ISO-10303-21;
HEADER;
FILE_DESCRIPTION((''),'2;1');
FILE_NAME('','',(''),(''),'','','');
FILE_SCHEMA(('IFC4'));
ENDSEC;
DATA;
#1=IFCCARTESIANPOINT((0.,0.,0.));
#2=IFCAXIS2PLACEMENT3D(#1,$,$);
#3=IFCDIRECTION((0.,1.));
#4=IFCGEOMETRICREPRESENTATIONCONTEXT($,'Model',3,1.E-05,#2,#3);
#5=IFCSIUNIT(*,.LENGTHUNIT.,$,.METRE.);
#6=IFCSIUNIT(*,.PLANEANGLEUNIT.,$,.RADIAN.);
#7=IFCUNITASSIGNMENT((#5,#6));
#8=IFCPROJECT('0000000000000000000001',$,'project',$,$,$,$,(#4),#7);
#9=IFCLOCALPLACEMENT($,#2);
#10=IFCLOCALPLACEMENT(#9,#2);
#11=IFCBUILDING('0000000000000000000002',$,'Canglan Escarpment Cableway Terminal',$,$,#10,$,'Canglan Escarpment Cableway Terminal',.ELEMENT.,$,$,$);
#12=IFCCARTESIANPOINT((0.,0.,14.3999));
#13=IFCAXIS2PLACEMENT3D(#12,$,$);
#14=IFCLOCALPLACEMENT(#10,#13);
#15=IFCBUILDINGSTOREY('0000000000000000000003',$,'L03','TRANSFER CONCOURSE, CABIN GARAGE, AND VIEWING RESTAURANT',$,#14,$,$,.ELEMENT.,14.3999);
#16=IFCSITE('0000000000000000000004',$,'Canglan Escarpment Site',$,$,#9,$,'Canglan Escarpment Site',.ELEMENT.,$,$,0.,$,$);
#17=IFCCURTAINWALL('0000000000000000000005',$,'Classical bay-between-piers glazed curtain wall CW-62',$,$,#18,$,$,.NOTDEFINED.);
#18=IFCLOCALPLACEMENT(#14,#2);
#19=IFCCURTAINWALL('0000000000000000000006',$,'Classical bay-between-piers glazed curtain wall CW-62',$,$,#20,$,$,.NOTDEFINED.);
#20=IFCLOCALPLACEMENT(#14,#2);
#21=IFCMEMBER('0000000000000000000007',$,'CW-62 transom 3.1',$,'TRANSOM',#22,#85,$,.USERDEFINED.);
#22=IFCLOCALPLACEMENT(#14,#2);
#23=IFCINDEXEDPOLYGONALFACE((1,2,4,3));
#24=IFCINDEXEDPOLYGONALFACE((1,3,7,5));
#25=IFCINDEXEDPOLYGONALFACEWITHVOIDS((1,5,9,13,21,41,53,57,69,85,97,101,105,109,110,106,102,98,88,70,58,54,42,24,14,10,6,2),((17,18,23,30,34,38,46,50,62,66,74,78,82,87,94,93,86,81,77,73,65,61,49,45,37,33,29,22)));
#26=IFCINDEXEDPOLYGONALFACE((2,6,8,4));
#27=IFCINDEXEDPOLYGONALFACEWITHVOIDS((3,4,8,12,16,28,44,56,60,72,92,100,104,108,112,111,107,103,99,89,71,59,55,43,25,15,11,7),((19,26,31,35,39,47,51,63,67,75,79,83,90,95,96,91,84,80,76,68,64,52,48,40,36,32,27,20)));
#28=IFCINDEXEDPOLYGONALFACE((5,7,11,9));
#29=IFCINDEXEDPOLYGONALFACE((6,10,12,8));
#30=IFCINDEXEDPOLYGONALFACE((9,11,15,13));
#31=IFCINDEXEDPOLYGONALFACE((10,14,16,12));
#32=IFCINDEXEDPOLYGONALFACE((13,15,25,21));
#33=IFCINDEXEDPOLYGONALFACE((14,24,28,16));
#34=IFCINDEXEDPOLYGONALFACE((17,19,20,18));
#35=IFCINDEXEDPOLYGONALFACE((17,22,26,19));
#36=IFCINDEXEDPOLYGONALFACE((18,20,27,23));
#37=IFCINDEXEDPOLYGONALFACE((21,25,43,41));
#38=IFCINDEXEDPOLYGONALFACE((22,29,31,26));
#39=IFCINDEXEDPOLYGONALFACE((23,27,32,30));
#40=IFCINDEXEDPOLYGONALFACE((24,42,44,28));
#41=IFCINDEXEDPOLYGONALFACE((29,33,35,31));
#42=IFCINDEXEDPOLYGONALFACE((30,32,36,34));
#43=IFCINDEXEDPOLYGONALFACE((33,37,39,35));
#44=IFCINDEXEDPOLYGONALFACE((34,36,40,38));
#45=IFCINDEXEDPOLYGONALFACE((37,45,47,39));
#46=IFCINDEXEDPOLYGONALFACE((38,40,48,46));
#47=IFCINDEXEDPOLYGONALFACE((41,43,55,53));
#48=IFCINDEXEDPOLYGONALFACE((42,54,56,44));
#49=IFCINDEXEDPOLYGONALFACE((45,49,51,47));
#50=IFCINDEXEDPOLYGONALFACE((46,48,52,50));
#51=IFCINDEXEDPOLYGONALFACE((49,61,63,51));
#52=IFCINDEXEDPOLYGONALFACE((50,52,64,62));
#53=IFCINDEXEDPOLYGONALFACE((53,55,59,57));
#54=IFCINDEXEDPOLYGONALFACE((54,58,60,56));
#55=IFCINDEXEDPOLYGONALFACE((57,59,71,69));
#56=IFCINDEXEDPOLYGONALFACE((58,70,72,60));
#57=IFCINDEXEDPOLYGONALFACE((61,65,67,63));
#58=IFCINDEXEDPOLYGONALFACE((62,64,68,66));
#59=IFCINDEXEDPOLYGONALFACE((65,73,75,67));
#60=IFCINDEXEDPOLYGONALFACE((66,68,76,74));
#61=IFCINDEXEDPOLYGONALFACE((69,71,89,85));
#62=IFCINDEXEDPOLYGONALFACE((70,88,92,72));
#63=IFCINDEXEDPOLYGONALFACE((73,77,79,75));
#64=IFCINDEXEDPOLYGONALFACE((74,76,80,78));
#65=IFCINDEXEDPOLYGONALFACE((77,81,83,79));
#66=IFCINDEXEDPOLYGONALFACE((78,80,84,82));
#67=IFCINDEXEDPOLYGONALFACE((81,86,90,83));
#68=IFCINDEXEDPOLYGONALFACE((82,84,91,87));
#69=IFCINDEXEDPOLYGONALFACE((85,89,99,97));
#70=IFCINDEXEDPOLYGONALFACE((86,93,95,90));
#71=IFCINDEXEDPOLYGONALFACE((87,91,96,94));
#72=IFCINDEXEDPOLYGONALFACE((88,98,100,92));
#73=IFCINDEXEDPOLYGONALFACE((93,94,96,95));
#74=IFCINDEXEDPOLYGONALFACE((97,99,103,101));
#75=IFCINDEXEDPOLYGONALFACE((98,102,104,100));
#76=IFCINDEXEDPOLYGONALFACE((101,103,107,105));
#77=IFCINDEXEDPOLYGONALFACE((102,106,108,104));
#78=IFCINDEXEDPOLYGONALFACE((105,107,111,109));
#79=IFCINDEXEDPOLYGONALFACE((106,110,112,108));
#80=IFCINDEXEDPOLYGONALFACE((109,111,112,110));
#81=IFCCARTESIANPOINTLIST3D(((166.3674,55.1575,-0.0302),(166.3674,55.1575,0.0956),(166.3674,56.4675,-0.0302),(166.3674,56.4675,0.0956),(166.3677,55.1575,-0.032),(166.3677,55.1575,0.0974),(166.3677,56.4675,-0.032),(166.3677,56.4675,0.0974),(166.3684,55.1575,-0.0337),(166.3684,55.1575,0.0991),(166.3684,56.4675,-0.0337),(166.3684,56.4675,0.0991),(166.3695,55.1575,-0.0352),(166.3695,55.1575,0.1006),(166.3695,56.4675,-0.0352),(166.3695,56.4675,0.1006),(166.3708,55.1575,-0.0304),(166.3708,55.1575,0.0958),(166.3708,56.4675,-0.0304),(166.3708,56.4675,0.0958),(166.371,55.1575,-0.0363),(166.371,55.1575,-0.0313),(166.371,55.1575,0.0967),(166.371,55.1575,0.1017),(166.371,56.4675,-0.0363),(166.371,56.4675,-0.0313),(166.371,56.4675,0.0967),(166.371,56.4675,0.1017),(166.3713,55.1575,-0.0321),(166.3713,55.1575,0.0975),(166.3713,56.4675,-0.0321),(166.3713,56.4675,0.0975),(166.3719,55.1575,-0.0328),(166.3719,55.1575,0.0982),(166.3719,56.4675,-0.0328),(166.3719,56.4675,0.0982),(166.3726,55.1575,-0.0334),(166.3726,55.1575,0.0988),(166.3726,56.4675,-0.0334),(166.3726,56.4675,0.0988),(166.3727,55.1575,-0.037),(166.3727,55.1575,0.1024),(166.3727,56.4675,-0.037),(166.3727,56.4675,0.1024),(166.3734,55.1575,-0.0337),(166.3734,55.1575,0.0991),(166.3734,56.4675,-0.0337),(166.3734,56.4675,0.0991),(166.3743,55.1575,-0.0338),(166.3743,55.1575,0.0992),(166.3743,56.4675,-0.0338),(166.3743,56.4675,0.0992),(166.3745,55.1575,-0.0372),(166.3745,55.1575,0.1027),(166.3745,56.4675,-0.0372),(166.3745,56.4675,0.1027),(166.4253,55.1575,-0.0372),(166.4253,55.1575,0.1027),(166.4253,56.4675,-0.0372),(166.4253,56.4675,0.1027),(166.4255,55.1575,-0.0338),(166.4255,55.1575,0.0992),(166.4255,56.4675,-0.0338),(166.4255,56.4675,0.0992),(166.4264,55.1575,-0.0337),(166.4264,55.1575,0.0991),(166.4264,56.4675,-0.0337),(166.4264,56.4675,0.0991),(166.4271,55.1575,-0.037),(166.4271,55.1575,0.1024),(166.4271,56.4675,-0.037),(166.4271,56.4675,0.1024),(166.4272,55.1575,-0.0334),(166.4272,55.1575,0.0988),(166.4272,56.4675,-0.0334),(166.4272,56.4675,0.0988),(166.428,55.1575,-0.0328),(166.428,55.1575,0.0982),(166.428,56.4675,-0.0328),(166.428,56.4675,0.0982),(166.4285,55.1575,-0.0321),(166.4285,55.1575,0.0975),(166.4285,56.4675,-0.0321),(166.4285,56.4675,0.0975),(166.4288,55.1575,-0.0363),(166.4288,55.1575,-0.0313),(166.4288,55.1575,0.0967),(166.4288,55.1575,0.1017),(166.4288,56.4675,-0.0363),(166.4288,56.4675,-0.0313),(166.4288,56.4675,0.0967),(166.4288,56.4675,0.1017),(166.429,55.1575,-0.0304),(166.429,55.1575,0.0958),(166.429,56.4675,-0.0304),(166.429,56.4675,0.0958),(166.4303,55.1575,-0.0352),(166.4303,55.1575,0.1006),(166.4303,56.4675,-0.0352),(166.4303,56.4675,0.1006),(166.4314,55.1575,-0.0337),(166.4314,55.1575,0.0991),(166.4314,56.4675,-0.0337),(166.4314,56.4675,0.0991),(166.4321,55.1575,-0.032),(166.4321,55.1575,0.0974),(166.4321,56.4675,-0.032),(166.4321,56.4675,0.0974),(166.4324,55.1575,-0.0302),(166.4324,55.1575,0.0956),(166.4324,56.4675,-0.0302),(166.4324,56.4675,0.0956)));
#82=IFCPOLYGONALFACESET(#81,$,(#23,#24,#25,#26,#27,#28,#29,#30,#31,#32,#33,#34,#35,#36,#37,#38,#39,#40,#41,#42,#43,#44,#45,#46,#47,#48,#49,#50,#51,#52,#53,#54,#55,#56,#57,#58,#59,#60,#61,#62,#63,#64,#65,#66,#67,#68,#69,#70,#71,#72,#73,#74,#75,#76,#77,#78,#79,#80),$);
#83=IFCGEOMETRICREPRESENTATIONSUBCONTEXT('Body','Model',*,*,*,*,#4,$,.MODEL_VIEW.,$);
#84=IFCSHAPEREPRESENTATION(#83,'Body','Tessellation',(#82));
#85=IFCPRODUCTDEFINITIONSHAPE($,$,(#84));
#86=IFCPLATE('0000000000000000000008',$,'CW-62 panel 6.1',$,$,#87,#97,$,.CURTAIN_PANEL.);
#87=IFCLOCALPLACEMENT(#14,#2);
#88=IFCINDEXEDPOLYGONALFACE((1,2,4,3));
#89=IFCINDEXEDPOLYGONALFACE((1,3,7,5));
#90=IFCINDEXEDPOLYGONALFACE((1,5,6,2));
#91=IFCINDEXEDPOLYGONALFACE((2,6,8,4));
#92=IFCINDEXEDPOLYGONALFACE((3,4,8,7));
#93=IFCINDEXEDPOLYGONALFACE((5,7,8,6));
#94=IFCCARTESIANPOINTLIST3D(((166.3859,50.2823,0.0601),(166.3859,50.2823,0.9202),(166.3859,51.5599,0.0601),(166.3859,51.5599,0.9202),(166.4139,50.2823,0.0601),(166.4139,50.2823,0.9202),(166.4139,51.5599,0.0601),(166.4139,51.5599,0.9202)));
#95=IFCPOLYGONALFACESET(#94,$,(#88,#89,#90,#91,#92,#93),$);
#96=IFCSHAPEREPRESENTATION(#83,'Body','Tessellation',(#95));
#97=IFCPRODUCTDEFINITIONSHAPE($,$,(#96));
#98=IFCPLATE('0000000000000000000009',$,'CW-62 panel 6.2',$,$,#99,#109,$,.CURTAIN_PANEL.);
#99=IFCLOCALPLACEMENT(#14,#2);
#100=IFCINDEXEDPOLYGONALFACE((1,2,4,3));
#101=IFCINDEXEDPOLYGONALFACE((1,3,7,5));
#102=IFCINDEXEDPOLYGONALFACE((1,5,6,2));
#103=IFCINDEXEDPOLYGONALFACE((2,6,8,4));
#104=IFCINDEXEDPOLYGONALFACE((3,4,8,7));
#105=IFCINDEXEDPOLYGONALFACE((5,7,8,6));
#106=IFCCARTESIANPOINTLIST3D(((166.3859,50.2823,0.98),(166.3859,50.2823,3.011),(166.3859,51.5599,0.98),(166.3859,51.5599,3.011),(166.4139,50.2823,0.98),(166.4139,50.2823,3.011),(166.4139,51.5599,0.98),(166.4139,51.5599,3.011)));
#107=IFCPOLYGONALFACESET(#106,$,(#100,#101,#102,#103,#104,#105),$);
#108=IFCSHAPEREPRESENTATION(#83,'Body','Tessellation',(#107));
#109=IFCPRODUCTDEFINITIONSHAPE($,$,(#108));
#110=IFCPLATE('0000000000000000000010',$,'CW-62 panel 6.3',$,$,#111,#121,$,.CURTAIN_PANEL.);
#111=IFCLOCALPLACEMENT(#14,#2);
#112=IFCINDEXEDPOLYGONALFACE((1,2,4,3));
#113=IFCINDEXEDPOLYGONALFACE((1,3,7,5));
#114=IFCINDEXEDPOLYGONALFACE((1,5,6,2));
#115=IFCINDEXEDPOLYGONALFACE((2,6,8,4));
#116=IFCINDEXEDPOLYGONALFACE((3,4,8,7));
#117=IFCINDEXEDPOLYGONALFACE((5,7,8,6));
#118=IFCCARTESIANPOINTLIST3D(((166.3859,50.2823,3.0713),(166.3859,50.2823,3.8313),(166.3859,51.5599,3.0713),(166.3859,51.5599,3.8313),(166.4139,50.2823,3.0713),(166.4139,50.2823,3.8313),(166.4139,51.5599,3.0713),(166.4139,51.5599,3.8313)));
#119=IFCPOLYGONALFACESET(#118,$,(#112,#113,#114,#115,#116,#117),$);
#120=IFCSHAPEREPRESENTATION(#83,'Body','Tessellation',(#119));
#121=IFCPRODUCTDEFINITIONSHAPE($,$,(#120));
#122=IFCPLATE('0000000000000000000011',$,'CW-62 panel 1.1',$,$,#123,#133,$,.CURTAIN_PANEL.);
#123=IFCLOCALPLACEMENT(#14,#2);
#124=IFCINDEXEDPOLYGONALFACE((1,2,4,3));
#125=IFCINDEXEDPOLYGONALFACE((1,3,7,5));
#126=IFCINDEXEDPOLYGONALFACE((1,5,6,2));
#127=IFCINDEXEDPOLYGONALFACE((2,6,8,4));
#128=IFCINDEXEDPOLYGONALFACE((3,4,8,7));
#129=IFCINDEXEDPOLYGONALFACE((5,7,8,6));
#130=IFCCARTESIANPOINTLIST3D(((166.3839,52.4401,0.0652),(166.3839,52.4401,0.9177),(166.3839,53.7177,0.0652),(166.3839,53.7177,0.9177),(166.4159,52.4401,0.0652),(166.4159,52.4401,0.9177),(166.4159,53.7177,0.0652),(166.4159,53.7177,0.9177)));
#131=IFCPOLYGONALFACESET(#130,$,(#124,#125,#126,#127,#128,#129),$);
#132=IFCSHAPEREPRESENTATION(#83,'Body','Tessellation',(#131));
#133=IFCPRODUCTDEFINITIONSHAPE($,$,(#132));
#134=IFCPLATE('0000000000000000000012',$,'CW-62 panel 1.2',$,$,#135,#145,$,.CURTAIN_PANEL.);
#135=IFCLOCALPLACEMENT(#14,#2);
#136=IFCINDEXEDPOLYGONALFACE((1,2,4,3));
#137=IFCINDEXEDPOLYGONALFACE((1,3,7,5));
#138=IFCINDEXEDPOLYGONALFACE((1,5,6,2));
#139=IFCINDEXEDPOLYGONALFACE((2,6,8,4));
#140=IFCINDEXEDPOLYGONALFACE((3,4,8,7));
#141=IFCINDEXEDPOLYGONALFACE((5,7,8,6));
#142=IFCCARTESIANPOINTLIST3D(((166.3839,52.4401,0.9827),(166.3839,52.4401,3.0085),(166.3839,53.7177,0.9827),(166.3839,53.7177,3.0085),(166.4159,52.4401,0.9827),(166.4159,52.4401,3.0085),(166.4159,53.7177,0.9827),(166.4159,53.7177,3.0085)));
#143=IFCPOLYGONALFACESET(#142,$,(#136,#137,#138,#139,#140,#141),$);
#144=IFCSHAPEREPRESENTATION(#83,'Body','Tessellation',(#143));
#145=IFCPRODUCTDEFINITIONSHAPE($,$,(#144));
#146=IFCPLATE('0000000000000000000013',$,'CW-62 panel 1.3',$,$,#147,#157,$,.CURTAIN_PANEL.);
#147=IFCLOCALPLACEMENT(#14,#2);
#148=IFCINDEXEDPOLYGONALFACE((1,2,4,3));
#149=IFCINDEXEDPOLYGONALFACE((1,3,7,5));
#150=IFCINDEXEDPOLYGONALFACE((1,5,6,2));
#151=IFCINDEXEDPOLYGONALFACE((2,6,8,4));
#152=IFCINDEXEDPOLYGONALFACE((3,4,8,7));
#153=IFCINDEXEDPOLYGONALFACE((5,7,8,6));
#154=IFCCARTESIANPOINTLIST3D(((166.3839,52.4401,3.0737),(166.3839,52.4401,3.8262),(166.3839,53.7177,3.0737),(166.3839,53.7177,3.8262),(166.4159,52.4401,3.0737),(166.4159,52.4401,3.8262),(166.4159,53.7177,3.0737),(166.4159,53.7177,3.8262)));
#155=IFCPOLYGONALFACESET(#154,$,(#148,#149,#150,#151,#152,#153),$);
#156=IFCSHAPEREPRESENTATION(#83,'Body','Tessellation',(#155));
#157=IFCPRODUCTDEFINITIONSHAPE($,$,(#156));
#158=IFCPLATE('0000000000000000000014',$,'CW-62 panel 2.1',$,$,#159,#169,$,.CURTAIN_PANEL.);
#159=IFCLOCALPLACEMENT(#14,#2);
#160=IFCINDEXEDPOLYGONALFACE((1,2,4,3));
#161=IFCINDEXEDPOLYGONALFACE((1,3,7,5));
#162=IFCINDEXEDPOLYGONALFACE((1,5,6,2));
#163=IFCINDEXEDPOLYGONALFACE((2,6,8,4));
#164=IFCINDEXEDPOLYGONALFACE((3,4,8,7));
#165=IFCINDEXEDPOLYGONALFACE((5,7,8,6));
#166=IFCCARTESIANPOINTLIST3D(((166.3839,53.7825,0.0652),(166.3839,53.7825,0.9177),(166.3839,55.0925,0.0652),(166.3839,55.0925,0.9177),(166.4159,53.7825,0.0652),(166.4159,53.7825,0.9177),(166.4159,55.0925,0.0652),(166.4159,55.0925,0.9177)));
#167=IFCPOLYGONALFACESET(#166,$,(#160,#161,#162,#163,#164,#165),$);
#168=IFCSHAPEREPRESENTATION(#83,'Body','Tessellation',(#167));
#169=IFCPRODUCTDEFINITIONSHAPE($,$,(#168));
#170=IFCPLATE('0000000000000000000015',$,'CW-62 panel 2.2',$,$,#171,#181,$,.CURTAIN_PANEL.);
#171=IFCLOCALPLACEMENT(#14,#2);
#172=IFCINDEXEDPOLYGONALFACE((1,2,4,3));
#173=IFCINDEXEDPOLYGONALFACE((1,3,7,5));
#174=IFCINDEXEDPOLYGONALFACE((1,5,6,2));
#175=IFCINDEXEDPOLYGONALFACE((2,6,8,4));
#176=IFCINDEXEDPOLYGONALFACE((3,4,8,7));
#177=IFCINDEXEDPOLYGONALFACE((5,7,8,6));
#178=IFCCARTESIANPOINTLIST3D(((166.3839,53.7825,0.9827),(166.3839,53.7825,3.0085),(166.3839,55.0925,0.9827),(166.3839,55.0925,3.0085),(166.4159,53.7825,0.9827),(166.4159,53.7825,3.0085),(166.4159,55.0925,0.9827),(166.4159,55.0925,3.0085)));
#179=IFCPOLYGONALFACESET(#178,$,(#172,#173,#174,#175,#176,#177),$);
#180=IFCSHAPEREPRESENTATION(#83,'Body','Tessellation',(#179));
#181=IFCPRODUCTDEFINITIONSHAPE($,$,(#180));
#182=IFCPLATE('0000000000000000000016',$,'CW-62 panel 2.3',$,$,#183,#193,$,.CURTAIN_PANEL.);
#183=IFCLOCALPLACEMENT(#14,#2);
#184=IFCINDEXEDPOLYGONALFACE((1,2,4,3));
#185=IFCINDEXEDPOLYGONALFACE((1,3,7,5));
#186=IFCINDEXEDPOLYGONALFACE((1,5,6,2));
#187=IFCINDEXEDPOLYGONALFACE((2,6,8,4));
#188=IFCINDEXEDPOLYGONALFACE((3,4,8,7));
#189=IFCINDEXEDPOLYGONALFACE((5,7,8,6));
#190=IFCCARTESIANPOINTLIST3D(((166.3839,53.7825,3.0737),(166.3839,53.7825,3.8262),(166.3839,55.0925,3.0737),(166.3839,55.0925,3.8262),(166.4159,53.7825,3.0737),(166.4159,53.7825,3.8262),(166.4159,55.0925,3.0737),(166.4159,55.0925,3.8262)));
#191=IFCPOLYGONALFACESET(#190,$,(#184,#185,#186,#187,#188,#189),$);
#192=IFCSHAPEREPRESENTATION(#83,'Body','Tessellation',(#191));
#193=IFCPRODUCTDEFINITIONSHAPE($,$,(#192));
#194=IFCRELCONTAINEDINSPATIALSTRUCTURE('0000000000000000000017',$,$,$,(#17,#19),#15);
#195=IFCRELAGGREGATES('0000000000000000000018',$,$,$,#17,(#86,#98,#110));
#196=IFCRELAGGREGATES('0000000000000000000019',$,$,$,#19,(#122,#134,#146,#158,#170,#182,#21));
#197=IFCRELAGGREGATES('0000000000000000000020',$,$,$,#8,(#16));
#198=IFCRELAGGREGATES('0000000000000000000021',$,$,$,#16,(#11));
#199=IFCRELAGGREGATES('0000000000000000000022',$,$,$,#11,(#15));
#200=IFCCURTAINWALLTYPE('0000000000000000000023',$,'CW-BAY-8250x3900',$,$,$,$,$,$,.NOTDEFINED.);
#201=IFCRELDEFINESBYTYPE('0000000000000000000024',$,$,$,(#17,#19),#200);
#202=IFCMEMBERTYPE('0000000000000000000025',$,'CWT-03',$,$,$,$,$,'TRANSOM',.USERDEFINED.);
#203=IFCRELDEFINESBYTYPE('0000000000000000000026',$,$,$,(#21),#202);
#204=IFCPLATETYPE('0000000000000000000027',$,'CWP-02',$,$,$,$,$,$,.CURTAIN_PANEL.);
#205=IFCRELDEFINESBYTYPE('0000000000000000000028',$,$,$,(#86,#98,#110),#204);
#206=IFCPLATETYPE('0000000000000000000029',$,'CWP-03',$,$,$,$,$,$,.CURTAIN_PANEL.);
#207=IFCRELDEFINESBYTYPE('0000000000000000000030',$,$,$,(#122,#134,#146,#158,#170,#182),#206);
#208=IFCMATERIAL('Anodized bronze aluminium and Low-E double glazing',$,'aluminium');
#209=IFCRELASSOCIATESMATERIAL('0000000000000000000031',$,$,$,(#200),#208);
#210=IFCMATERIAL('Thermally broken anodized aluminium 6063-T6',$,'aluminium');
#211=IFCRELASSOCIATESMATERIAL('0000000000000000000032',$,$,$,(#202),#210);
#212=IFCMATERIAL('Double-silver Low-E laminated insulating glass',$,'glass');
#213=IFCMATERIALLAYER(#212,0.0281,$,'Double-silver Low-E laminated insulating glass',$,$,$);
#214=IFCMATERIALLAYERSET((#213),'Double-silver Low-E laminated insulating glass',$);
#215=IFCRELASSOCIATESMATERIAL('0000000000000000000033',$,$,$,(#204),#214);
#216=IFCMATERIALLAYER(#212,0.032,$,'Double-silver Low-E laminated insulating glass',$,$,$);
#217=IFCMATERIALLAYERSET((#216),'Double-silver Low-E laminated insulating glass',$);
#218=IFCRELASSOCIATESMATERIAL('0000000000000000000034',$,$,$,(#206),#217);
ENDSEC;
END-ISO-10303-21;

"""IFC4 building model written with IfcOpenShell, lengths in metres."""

from ifc_helpers import new_model, si_unit, direction, frame, origin, origin_2d, place, context, subcontext, project, spatial, rectangle, hollow_rectangle, extrude, material, layer, layer_set, material_profile, profile_set, type_object, element, aggregate, save


model = new_model("IFC4")

# Units and contexts
model_context = context("Model", 3, precision=1e-05, world=origin(), true_north=direction((0.0, 1.0)))
body_context = subcontext(model_context, "Body", "Model", "MODEL_VIEW")
ifc_project = project(units=[si_unit("LENGTHUNIT", "METRE"), si_unit("PLANEANGLEUNIT", "RADIAN")], contexts=[model_context])

# Site, building, storey
site_placement = place(None, origin())
site = spatial("IfcSite", under=ifc_project, at=site_placement, Name="Canglan Escarpment Site", LongName="Canglan Escarpment Site", CompositionType="ELEMENT", RefElevation=0.0)
building_placement = place(site_placement, origin())
building = spatial("IfcBuilding", under=site, at=building_placement, Name="Canglan Escarpment Cableway Terminal", LongName="Canglan Escarpment Cableway Terminal", CompositionType="ELEMENT")
storey_placement = place(building_placement, frame((0.0, 0.0, 14.3999)))
storey = spatial("IfcBuildingStorey", under=building, at=storey_placement, Name="L03", Description="TRANSFER CONCOURSE, CABIN GARAGE, AND VIEWING RESTAURANT", CompositionType="ELEMENT", Elevation=14.3999)

# Curtain wall
ifc_material_1 = material(Name="Anodized bronze aluminium and Low-E double glazing", Category="aluminium")
curtain_wall_type = type_object("IfcCurtainWallType", Name="CW-BAY-8250x3900", PredefinedType="NOTDEFINED", material=ifc_material_1)
curtain_wall_1_placement = place(storey_placement, origin())
curtain_wall_1 = element("IfcCurtainWall", 1, at=curtain_wall_1_placement, inside=storey, type_object=curtain_wall_type, Name="Classical bay-between-piers glazed curtain wall CW-62", PredefinedType="NOTDEFINED")
ifc_material_2 = material(Name="Thermally broken anodized aluminium 6063-T6", Category="aluminium")

# Curtain wall
curtain_wall_2_placement = place(storey_placement, origin())
curtain_wall_2 = element("IfcCurtainWall", 2, at=curtain_wall_2_placement, inside=storey, type_object=curtain_wall_type, Name="Classical bay-between-piers glazed curtain wall CW-62", PredefinedType="NOTDEFINED")

# Member
ifc_material_profile_1 = material_profile(ifc_material_2, hollow_rectangle(XDim=0.0649, YDim=0.1399, WallThickness=0.0034, InnerFilletRadius=0.0034, OuterFilletRadius=0.0071, at=origin_2d()), Name="ALU-TRAN 65x140x3.5")
ifc_profile_set_1 = profile_set([ifc_material_profile_1], Name="Thermally broken anodized aluminium 6063-T6")
member_type_1 = type_object("IfcMemberType", Name="CWT-03", ElementType="TRANSOM", PredefinedType="USERDEFINED", material=ifc_profile_set_1)
member_1_placement = place(storey_placement, frame((166.3999, 55.1575, 0.0327), z_axis=(0.0, 1.0, 0.0), x_axis=(-1.0, 0.0, 0.0)))
member_1 = element("IfcMember", 3, at=member_1_placement, type_object=member_type_1, Name="CW-62 transom 3.1", ObjectType="TRANSOM", PredefinedType="USERDEFINED", context=body_context, shape_type="SweptSolid", body=[
    extrude(hollow_rectangle(XDim=0.0649, YDim=0.1399, WallThickness=0.0034, InnerFilletRadius=0.0034, OuterFilletRadius=0.0071, at=origin_2d()), origin(), (0.0, 0.0, 1.0), 1.3101),
])

# Plates
ifc_material_3 = material(Name="Double-silver Low-E laminated insulating glass", Category="glass")
ifc_layer_1 = layer(ifc_material_3, 0.0281, Name="Double-silver Low-E laminated insulating glass")
ifc_layer_set_1 = layer_set([ifc_layer_1], Name="Double-silver Low-E laminated insulating glass")
plate_type_1 = type_object("IfcPlateType", Name="CWP-02", PredefinedType="CURTAIN_PANEL", material=ifc_layer_set_1)
plate_1_placement = place(storey_placement, frame((166.3999, 50.9211, 0.0601), z_axis=(0.0, 0.0, 1.0), x_axis=(0.0, 1.0, 0.0)))
plate_1 = element("IfcPlate", 4, at=plate_1_placement, type_object=plate_type_1, Name="CW-62 panel 6.1", PredefinedType="CURTAIN_PANEL", context=body_context, shape_type="SweptSolid", body=[
    extrude(rectangle(XDim=1.2776, YDim=0.0281, at=origin_2d()), origin(), (0.0, 0.0, 1.0), 0.8601),
])
plate_2_placement = place(storey_placement, frame((166.3999, 50.9211, 0.98), z_axis=(0.0, 0.0, 1.0), x_axis=(0.0, 1.0, 0.0)))
plate_2 = element("IfcPlate", 5, at=plate_2_placement, type_object=plate_type_1, Name="CW-62 panel 6.2", PredefinedType="CURTAIN_PANEL", context=body_context, shape_type="SweptSolid", body=[
    extrude(rectangle(XDim=1.2776, YDim=0.0281, at=origin_2d()), origin(), (0.0, 0.0, 1.0), 2.031),
])
plate_3_placement = place(storey_placement, frame((166.3999, 50.9211, 3.0713), z_axis=(0.0, 0.0, 1.0), x_axis=(0.0, 1.0, 0.0)))
plate_3 = element("IfcPlate", 6, at=plate_3_placement, type_object=plate_type_1, Name="CW-62 panel 6.3", PredefinedType="CURTAIN_PANEL", context=body_context, shape_type="SweptSolid", body=[
    extrude(rectangle(XDim=1.2776, YDim=0.0281, at=origin_2d()), origin(), (0.0, 0.0, 1.0), 0.76),
])
aggregate(curtain_wall_1, [plate_1, plate_2, plate_3])
ifc_layer_2 = layer(ifc_material_3, 0.032, Name="Double-silver Low-E laminated insulating glass")
ifc_layer_set_2 = layer_set([ifc_layer_2], Name="Double-silver Low-E laminated insulating glass")
plate_type_2 = type_object("IfcPlateType", Name="CWP-03", PredefinedType="CURTAIN_PANEL", material=ifc_layer_set_2)
plate_4_placement = place(storey_placement, frame((166.3999, 53.0789, 0.0652), z_axis=(0.0, 0.0, 1.0), x_axis=(0.0, 1.0, 0.0)))
plate_4 = element("IfcPlate", 7, at=plate_4_placement, type_object=plate_type_2, Name="CW-62 panel 1.1", PredefinedType="CURTAIN_PANEL", context=body_context, shape_type="SweptSolid", body=[
    extrude(rectangle(XDim=1.2776, YDim=0.032, at=origin_2d()), origin(), (0.0, 0.0, 1.0), 0.8525),
])
plate_5_placement = place(storey_placement, frame((166.3999, 53.0789, 0.9827), z_axis=(0.0, 0.0, 1.0), x_axis=(0.0, 1.0, 0.0)))
plate_5 = element("IfcPlate", 8, at=plate_5_placement, type_object=plate_type_2, Name="CW-62 panel 1.2", PredefinedType="CURTAIN_PANEL", context=body_context, shape_type="SweptSolid", body=[
    extrude(rectangle(XDim=1.2776, YDim=0.032, at=origin_2d()), origin(), (0.0, 0.0, 1.0), 2.0259),
])
plate_6_placement = place(storey_placement, frame((166.3999, 53.0789, 3.0737), z_axis=(0.0, 0.0, 1.0), x_axis=(0.0, 1.0, 0.0)))
plate_6 = element("IfcPlate", 9, at=plate_6_placement, type_object=plate_type_2, Name="CW-62 panel 1.3", PredefinedType="CURTAIN_PANEL", context=body_context, shape_type="SweptSolid", body=[
    extrude(rectangle(XDim=1.2776, YDim=0.032, at=origin_2d()), origin(), (0.0, 0.0, 1.0), 0.7524),
])
plate_7_placement = place(storey_placement, frame((166.3999, 54.4375, 0.0652), z_axis=(0.0, 0.0, 1.0), x_axis=(0.0, 1.0, 0.0)))
plate_7 = element("IfcPlate", 10, at=plate_7_placement, type_object=plate_type_2, Name="CW-62 panel 2.1", PredefinedType="CURTAIN_PANEL", context=body_context, shape_type="SweptSolid", body=[
    extrude(rectangle(XDim=1.3101, YDim=0.032, at=origin_2d()), origin(), (0.0, 0.0, 1.0), 0.8525),
])
plate_8_placement = place(storey_placement, frame((166.3999, 54.4375, 0.9827), z_axis=(0.0, 0.0, 1.0), x_axis=(0.0, 1.0, 0.0)))
plate_8 = element("IfcPlate", 11, at=plate_8_placement, type_object=plate_type_2, Name="CW-62 panel 2.2", PredefinedType="CURTAIN_PANEL", context=body_context, shape_type="SweptSolid", body=[
    extrude(rectangle(XDim=1.3101, YDim=0.032, at=origin_2d()), origin(), (0.0, 0.0, 1.0), 2.0259),
])
plate_9_placement = place(storey_placement, frame((166.3999, 54.4375, 3.0737), z_axis=(0.0, 0.0, 1.0), x_axis=(0.0, 1.0, 0.0)))
plate_9 = element("IfcPlate", 12, at=plate_9_placement, type_object=plate_type_2, Name="CW-62 panel 2.3", PredefinedType="CURTAIN_PANEL", context=body_context, shape_type="SweptSolid", body=[
    extrude(rectangle(XDim=1.3101, YDim=0.032, at=origin_2d()), origin(), (0.0, 0.0, 1.0), 0.7524),
])
aggregate(curtain_wall_2, [plate_4, plate_5, plate_6, plate_7, plate_8, plate_9, member_1])

save(model, "model.ifc")
